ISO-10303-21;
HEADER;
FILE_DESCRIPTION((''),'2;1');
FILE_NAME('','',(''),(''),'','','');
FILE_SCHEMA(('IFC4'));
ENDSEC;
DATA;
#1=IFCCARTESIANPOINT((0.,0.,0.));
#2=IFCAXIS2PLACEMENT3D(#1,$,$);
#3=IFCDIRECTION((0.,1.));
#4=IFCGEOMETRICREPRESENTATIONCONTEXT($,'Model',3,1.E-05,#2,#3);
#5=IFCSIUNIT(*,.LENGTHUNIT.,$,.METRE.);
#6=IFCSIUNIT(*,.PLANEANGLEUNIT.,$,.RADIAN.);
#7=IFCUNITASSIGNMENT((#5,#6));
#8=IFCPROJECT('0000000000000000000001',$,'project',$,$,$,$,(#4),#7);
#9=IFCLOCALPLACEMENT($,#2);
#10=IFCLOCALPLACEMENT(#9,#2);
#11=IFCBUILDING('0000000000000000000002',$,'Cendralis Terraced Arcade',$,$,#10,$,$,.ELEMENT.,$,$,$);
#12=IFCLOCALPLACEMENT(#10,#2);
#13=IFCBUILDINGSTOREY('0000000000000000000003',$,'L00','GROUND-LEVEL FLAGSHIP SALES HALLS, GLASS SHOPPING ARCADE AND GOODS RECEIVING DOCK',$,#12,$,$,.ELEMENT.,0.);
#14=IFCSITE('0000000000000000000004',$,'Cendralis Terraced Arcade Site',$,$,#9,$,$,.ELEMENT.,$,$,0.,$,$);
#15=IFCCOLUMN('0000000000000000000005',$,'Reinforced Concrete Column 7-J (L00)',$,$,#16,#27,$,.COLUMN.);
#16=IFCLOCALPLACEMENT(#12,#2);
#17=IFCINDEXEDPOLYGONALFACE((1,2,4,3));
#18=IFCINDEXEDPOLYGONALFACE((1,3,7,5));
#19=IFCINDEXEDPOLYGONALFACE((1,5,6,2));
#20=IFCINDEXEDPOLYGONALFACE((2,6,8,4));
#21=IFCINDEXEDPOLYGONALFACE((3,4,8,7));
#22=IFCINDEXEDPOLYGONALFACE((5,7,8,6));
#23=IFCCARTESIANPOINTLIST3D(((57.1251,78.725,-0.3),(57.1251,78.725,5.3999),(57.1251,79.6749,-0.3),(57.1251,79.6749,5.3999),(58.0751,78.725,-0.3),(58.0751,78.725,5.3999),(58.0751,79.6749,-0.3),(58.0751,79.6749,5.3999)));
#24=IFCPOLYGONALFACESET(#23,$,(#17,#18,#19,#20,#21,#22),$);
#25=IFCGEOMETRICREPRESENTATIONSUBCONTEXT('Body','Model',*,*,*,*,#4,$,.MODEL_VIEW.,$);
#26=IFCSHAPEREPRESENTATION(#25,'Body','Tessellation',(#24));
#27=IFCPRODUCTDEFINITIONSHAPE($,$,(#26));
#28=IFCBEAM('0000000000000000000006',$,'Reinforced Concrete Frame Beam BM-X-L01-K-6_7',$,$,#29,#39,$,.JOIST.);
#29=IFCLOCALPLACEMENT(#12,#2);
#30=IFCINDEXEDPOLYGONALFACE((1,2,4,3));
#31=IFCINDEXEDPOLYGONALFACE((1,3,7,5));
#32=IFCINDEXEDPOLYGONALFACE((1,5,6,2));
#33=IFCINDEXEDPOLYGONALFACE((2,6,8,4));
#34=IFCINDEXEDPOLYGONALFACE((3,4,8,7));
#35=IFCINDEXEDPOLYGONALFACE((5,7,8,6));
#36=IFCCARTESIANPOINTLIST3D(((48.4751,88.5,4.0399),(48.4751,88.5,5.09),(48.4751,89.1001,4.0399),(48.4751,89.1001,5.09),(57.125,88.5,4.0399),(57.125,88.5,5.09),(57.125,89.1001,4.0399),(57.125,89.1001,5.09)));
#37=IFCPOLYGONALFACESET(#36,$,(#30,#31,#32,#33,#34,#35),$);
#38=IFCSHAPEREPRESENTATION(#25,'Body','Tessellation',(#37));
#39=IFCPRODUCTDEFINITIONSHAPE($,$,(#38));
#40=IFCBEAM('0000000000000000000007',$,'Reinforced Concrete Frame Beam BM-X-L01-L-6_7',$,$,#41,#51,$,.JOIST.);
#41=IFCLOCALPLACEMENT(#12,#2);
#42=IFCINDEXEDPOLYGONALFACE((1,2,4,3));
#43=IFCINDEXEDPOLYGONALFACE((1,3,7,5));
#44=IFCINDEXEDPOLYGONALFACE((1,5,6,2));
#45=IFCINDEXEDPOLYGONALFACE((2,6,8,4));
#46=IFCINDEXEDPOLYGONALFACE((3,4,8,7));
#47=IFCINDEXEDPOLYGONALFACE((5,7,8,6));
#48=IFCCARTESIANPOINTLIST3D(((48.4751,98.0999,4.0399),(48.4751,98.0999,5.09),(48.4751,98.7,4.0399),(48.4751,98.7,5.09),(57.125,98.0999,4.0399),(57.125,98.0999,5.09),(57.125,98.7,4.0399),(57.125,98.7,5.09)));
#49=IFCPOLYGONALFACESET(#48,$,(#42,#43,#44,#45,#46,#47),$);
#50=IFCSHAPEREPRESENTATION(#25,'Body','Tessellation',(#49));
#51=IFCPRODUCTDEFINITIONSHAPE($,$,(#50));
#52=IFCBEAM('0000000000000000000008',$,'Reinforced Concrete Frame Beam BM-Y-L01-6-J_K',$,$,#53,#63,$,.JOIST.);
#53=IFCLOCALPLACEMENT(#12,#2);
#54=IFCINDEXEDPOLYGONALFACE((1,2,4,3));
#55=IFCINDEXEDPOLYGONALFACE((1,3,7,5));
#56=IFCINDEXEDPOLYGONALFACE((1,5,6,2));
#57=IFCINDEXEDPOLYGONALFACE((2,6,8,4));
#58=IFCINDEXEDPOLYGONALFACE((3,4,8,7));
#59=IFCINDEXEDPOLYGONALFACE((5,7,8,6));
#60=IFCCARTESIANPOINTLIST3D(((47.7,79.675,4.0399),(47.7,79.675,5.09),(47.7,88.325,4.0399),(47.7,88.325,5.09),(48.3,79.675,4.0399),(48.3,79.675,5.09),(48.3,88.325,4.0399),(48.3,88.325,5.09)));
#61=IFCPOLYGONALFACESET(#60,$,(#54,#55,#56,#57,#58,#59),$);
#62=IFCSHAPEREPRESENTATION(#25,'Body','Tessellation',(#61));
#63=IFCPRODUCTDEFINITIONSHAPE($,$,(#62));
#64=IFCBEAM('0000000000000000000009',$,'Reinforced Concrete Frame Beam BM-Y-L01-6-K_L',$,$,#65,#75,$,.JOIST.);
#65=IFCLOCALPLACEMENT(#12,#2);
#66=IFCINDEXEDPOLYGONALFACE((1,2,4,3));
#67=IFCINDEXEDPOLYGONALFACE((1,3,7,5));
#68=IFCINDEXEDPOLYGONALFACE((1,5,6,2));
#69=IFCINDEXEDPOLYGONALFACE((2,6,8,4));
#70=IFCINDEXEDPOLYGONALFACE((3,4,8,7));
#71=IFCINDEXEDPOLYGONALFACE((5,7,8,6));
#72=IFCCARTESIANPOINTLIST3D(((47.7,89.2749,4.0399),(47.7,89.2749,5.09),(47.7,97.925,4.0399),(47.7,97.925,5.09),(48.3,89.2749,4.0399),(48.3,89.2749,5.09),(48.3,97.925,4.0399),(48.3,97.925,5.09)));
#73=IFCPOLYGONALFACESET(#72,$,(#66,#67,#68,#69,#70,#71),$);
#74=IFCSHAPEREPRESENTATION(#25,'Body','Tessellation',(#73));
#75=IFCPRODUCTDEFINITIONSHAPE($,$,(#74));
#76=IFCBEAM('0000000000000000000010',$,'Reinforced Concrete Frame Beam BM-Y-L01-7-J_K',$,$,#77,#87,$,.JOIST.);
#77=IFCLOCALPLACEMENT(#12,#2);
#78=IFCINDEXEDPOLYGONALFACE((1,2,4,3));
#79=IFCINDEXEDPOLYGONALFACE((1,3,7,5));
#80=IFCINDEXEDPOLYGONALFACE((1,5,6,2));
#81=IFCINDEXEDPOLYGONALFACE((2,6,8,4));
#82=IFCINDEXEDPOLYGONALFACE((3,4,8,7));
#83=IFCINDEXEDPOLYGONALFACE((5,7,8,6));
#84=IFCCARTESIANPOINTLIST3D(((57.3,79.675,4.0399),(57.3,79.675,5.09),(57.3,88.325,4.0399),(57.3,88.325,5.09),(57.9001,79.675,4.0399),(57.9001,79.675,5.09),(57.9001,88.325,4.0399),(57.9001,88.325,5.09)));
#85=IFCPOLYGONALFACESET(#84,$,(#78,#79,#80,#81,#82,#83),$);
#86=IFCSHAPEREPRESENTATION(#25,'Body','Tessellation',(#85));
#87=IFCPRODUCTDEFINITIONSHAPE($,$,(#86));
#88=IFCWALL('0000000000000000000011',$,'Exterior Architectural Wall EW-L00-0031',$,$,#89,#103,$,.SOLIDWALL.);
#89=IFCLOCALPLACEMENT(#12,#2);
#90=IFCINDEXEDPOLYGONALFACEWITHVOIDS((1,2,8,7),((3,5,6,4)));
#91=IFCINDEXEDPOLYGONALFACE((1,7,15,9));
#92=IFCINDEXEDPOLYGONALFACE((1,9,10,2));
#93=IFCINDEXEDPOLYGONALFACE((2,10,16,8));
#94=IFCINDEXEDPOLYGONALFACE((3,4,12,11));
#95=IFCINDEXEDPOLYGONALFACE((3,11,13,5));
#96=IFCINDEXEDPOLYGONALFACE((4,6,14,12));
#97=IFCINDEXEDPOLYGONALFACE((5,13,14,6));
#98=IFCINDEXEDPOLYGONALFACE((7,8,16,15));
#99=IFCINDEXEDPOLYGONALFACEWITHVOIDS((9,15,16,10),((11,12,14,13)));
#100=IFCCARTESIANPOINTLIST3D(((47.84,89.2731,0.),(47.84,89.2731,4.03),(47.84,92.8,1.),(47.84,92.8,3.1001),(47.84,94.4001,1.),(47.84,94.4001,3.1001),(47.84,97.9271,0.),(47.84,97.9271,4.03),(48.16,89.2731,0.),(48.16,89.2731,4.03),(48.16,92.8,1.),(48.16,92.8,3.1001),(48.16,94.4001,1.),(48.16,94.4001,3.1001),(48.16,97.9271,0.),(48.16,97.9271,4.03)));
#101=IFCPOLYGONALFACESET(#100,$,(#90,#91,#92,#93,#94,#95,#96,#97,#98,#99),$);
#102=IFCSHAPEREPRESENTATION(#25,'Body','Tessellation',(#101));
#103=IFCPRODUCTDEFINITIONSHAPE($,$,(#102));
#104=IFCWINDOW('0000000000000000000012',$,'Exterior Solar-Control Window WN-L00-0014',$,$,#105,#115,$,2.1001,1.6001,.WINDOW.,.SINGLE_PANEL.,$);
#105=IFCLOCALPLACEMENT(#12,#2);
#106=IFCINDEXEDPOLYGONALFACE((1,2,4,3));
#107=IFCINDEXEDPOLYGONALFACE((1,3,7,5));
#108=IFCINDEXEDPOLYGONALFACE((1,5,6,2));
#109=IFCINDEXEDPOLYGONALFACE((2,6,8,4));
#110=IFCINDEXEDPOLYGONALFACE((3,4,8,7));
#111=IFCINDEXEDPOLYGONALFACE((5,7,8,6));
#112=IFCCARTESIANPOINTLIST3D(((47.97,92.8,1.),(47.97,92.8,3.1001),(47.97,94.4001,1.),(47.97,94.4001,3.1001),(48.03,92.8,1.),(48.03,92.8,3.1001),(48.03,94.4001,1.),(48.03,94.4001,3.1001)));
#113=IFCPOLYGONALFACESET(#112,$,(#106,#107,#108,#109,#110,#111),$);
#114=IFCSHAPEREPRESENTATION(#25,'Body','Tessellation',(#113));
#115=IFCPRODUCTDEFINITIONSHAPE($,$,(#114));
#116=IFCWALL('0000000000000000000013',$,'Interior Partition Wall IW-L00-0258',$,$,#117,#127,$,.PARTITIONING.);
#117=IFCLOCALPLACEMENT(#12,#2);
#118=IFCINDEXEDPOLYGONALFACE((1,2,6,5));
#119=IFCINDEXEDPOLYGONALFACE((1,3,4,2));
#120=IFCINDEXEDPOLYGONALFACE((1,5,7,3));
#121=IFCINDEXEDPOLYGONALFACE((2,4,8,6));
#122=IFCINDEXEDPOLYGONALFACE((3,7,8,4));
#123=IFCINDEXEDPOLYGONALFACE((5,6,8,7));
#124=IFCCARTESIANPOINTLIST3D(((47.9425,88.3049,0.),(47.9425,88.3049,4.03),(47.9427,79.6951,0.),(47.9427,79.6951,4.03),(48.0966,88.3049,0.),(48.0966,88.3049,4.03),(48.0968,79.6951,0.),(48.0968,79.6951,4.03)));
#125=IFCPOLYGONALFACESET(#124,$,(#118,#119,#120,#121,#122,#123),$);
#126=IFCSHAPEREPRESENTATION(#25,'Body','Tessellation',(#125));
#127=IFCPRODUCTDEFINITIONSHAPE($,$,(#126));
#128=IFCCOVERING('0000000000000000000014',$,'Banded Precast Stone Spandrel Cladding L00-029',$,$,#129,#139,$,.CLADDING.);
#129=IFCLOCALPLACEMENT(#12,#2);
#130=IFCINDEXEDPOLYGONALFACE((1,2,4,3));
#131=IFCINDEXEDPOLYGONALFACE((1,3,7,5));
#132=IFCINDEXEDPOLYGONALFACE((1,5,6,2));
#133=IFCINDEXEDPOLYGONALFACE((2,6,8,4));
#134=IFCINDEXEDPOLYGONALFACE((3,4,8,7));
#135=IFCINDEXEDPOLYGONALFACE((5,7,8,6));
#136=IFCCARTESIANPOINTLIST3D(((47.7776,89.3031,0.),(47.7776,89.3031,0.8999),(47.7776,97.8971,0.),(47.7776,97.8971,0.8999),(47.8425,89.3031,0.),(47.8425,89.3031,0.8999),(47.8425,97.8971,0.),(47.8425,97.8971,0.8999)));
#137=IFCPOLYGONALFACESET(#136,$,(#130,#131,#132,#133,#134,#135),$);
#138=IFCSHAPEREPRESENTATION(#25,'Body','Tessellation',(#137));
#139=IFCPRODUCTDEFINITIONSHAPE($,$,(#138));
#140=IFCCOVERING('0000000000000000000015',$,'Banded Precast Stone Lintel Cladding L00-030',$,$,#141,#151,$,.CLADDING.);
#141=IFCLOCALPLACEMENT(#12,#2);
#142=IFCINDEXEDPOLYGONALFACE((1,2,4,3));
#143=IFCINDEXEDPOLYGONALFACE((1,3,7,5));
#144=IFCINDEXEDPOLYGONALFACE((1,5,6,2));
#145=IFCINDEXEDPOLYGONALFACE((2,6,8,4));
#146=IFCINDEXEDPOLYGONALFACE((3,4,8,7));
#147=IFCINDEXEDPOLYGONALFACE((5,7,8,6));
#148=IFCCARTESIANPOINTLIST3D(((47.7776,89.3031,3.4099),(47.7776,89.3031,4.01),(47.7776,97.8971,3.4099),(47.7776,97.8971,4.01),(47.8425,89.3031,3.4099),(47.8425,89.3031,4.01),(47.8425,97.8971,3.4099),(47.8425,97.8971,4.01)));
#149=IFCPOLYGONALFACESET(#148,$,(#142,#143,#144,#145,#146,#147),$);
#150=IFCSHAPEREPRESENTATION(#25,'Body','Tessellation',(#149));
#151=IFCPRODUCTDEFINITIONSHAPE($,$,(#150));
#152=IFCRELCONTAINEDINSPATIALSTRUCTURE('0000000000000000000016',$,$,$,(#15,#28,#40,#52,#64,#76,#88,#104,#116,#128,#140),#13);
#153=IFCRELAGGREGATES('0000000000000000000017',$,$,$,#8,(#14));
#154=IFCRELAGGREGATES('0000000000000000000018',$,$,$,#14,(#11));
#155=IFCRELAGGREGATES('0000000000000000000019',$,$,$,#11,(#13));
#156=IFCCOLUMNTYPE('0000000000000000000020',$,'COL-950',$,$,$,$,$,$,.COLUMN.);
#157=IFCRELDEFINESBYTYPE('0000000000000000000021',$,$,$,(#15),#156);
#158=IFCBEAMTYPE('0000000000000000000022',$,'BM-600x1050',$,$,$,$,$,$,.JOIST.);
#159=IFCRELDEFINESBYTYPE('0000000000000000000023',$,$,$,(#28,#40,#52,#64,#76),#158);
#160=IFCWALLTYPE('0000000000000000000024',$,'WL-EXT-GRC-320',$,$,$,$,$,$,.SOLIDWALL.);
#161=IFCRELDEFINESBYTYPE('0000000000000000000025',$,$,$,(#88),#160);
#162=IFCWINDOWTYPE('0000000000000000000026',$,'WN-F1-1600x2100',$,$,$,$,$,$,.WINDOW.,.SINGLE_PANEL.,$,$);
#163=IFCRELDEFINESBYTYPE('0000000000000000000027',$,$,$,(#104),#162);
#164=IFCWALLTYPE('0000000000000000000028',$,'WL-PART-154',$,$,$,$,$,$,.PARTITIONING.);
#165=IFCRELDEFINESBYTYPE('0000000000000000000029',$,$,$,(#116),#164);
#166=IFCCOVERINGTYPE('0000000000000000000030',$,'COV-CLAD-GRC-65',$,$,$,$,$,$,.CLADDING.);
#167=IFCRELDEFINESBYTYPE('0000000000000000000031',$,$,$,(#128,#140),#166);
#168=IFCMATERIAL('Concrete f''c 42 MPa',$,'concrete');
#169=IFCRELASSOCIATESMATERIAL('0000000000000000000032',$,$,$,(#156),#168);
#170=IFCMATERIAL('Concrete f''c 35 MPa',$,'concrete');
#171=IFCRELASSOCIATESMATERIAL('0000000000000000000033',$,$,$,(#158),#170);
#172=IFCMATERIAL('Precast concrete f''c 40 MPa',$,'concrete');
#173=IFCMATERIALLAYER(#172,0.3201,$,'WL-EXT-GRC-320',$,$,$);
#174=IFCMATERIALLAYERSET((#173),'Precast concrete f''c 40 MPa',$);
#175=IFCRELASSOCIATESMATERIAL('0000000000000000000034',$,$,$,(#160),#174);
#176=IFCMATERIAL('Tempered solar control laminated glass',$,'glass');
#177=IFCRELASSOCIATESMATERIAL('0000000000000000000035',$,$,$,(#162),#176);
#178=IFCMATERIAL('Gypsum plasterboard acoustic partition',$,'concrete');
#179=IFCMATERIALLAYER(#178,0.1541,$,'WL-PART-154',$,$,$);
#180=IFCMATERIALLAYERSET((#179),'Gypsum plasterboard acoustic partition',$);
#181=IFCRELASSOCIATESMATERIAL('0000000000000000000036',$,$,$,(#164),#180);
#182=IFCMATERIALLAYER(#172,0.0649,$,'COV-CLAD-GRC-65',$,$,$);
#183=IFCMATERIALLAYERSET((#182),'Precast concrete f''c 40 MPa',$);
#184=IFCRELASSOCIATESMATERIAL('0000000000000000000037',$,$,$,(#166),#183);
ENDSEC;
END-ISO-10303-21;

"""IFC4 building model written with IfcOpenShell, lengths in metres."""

from ifc_helpers import new_model, si_unit, direction, frame, frame_2d, origin, origin_2d, place, context, subcontext, project, spatial, rectangle, extrude, material, layer, layer_set, material_profile, profile_set, type_object, element, fill, save


model = new_model("IFC4")

# Units and contexts
model_context = context("Model", 3, precision=1e-05, world=origin(), true_north=direction((0.0, 1.0)))
body_context = subcontext(model_context, "Body", "Model", "MODEL_VIEW")
ifc_project = project(units=[si_unit("LENGTHUNIT", "METRE"), si_unit("PLANEANGLEUNIT", "RADIAN")], contexts=[model_context])

# Site, building, storey
site_placement = place(None, origin())
site = spatial("IfcSite", under=ifc_project, at=site_placement, Name="Cendralis Terraced Arcade Site", CompositionType="ELEMENT", RefElevation=0.0)
building_placement = place(site_placement, origin())
building = spatial("IfcBuilding", under=site, at=building_placement, Name="Cendralis Terraced Arcade", CompositionType="ELEMENT")
storey_placement = place(building_placement, origin())
storey = spatial("IfcBuildingStorey", under=building, at=storey_placement, Name="L00", Description="GROUND-LEVEL FLAGSHIP SALES HALLS, GLASS SHOPPING ARCADE AND GOODS RECEIVING DOCK", CompositionType="ELEMENT", Elevation=0.0)

# Shared definitions
ifc_material_1 = material(Name="Concrete f'c 35 MPa", Category="concrete")

# Column
ifc_material_2 = material(Name="Concrete f'c 42 MPa", Category="concrete")
ifc_material_profile_1 = material_profile(ifc_material_2, rectangle(XDim=0.95, YDim=0.95, at=origin_2d()), Name="RC-COL-950x950", Category="LoadBearing")
ifc_profile_set_1 = profile_set([ifc_material_profile_1], Name="Concrete f'c 42 MPa")
column_type = type_object("IfcColumnType", Name="COL-950", PredefinedType="COLUMN", material=ifc_profile_set_1)
for number, where, z_axis, x_axis, name in (
    (1, (57.6001, 79.2, -0.3), (0.0, 0.0, 1.0), (1.0, 0.0, 0.0), "Reinforced Concrete Column 7-J (L00)"),
):
    element("IfcColumn", number, at=place(storey_placement, frame(where, z_axis=z_axis, x_axis=x_axis)), inside=storey, type_object=column_type, Name=name, PredefinedType="COLUMN", context=body_context, shape_type="SweptSolid", body=[
        extrude(rectangle(XDim=0.95, YDim=0.95, at=origin_2d()), origin(), (0.0, 0.0, 1.0), 5.7),
    ])

# Beams
ifc_material_profile_2 = material_profile(ifc_material_1, rectangle(XDim=0.6001, YDim=1.05, at=origin_2d()), Name="RC-BM-600x1050", Category="LoadBearing")
ifc_profile_set_2 = profile_set([ifc_material_profile_2], Name="Concrete f'c 35 MPa")
beam_type = type_object("IfcBeamType", Name="BM-600x1050", PredefinedType="JOIST", material=ifc_profile_set_2)
for number, where, z_axis, x_axis, name in (
    (2, (48.4751, 88.8, 4.5649), (1.0, 0.0, 0.0), (0.0, 1.0, 0.0), "Reinforced Concrete Frame Beam BM-X-L01-K-6_7"),
    (3, (48.4751, 98.3999, 4.5649), (1.0, 0.0, 0.0), (0.0, 1.0, 0.0), "Reinforced Concrete Frame Beam BM-X-L01-L-6_7"),
    (4, (48.0, 79.675, 4.5649), (0.0, 1.0, 0.0), (-1.0, 0.0, 0.0), "Reinforced Concrete Frame Beam BM-Y-L01-6-J_K"),
):
    element("IfcBeam", number, at=place(storey_placement, frame(where, z_axis=z_axis, x_axis=x_axis)), inside=storey, type_object=beam_type, Name=name, PredefinedType="JOIST", context=body_context, shape_type="SweptSolid", body=[
        extrude(rectangle(XDim=0.6001, YDim=1.05, at=origin_2d()), origin(), (0.0, 0.0, 1.0), 8.6499),
    ])
beam_1_placement = place(storey_placement, frame((48.0, 89.2749, 4.5649), z_axis=(0.0, 1.0, 0.0), x_axis=(-1.0, 0.0, 0.0)))
element("IfcBeam", 5, at=beam_1_placement, inside=storey, type_object=beam_type, Name="Reinforced Concrete Frame Beam BM-Y-L01-6-K_L", PredefinedType="JOIST", context=body_context, shape_type="SweptSolid", body=[
    extrude(rectangle(XDim=0.6001, YDim=1.05, at=origin_2d()), origin(), (0.0, 0.0, 1.0), 8.6501),
])
beam_2_placement = place(storey_placement, frame((57.6001, 79.675, 4.5649), z_axis=(0.0, 1.0, 0.0), x_axis=(-1.0, 0.0, 0.0)))
element("IfcBeam", 6, at=beam_2_placement, inside=storey, type_object=beam_type, Name="Reinforced Concrete Frame Beam BM-Y-L01-7-J_K", PredefinedType="JOIST", context=body_context, shape_type="SweptSolid", body=[
    extrude(rectangle(XDim=0.6001, YDim=1.05, at=origin_2d()), origin(), (0.0, 0.0, 1.0), 8.6499),
])

# Wall, opening, window
ifc_material_3 = material(Name="Precast concrete f'c 40 MPa", Category="concrete")
ifc_layer_1 = layer(ifc_material_3, 0.3201, Name="WL-EXT-GRC-320")
ifc_layer_set_1 = layer_set([ifc_layer_1], Name="Precast concrete f'c 40 MPa")
wall_type_1 = type_object("IfcWallType", Name="WL-EXT-GRC-320", PredefinedType="SOLIDWALL", material=ifc_layer_set_1)
wall_1_placement = place(storey_placement, frame((48.0, 89.2729, 0.0), z_axis=(0.0, 0.0, 1.0), x_axis=(0.0, 1.0, 0.0)))
wall_1 = element("IfcWall", 7, at=wall_1_placement, inside=storey, type_object=wall_type_1, Name="Exterior Architectural Wall EW-L00-0031", PredefinedType="SOLIDWALL", context=body_context, shape_type="SweptSolid", body=[
    extrude(rectangle(XDim=8.6541, YDim=0.3201, at=frame_2d((4.3271, 0.0))), origin(), (0.0, 0.0, 1.0), 4.03),
])
opening_placement = place(wall_1_placement, frame((3.5271, 0.0, 1.0)))
opening = element("IfcOpeningElement", 8, at=opening_placement, cuts=wall_1, PredefinedType="OPENING", context=body_context, shape_type="SweptSolid", body=[
    extrude(rectangle(XDim=1.6001, YDim=2.1001, at=frame_2d((0.8, 1.05))), frame((0.0, 0.1719, 0.0), z_axis=(0.0, -1.0, 0.0), x_axis=(1.0, 0.0, 0.0)), (0.0, 0.0, 1.0), 0.344),
])
ifc_material_4 = material(Name="Tempered solar control laminated glass", Category="glass")
window_type = type_object("IfcWindowType", Name="WN-F1-1600x2100", PartitioningType="SINGLE_PANEL", PredefinedType="WINDOW", material=ifc_material_4)
window_placement = place(opening_placement, origin())
window = element("IfcWindow", 9, at=window_placement, inside=storey, type_object=window_type, Name="Exterior Solar-Control Window WN-L00-0014", OverallHeight=2.1001, OverallWidth=1.6001, PartitioningType="SINGLE_PANEL", PredefinedType="WINDOW", context=body_context, shape_type="SweptSolid", body=[
    extrude(rectangle(XDim=1.6001, YDim=2.1001, at=frame_2d((0.8, 1.05))), frame((0.0, 0.03, 0.0), z_axis=(0.0, -1.0, 0.0), x_axis=(1.0, 0.0, 0.0)), (0.0, 0.0, 1.0), 0.0601),
])
fill(opening, window)

# Wall
ifc_material_5 = material(Name="Gypsum plasterboard acoustic partition", Category="concrete")
ifc_layer_2 = layer(ifc_material_5, 0.1541, Name="WL-PART-154")
ifc_layer_set_2 = layer_set([ifc_layer_2], Name="Gypsum plasterboard acoustic partition")
wall_type_2 = type_object("IfcWallType", Name="WL-PART-154", PredefinedType="PARTITIONING", material=ifc_layer_set_2)
wall_2_placement = place(storey_placement, frame((48.0195, 88.3049, 0.0), z_axis=(0.0, 0.0, 1.0), x_axis=(0.000028, -1.0, 0.0)))
element("IfcWall", 10, at=wall_2_placement, inside=storey, type_object=wall_type_2, Name="Interior Partition Wall IW-L00-0258", PredefinedType="PARTITIONING", context=body_context, shape_type="SweptSolid", body=[
    extrude(rectangle(XDim=8.6099, YDim=0.1541, at=frame_2d((4.3049, 0.0))), origin(), (0.0, 0.0, 1.0), 4.03),
])

# Coverings
ifc_layer_3 = layer(ifc_material_3, 0.0649, Name="COV-CLAD-GRC-65")
ifc_layer_set_3 = layer_set([ifc_layer_3], Name="Precast concrete f'c 40 MPa")
covering_type = type_object("IfcCoveringType", Name="COV-CLAD-GRC-65", PredefinedType="CLADDING", material=ifc_layer_set_3)
covering_1_placement = place(storey_placement, frame((47.8101, 93.6001, 0.0), z_axis=(0.0, 0.0, 1.0), x_axis=(0.0, 1.0, 0.0)))
element("IfcCovering", 11, at=covering_1_placement, inside=storey, type_object=covering_type, Name="Banded Precast Stone Spandrel Cladding L00-029", PredefinedType="CLADDING", context=body_context, shape_type="SweptSolid", body=[
    extrude(rectangle(XDim=8.594, YDim=0.0649, at=origin_2d()), origin(), (0.0, 0.0, 1.0), 0.8999),
])
covering_2_placement = place(storey_placement, frame((47.8101, 93.6001, 3.4099), z_axis=(0.0, 0.0, 1.0), x_axis=(0.0, 1.0, 0.0)))
element("IfcCovering", 12, at=covering_2_placement, inside=storey, type_object=covering_type, Name="Banded Precast Stone Lintel Cladding L00-030", PredefinedType="CLADDING", context=body_context, shape_type="SweptSolid", body=[
    extrude(rectangle(XDim=8.594, YDim=0.0649, at=origin_2d()), origin(), (0.0, 0.0, 1.0), 0.6001),
])

save(model, "model.ifc")
